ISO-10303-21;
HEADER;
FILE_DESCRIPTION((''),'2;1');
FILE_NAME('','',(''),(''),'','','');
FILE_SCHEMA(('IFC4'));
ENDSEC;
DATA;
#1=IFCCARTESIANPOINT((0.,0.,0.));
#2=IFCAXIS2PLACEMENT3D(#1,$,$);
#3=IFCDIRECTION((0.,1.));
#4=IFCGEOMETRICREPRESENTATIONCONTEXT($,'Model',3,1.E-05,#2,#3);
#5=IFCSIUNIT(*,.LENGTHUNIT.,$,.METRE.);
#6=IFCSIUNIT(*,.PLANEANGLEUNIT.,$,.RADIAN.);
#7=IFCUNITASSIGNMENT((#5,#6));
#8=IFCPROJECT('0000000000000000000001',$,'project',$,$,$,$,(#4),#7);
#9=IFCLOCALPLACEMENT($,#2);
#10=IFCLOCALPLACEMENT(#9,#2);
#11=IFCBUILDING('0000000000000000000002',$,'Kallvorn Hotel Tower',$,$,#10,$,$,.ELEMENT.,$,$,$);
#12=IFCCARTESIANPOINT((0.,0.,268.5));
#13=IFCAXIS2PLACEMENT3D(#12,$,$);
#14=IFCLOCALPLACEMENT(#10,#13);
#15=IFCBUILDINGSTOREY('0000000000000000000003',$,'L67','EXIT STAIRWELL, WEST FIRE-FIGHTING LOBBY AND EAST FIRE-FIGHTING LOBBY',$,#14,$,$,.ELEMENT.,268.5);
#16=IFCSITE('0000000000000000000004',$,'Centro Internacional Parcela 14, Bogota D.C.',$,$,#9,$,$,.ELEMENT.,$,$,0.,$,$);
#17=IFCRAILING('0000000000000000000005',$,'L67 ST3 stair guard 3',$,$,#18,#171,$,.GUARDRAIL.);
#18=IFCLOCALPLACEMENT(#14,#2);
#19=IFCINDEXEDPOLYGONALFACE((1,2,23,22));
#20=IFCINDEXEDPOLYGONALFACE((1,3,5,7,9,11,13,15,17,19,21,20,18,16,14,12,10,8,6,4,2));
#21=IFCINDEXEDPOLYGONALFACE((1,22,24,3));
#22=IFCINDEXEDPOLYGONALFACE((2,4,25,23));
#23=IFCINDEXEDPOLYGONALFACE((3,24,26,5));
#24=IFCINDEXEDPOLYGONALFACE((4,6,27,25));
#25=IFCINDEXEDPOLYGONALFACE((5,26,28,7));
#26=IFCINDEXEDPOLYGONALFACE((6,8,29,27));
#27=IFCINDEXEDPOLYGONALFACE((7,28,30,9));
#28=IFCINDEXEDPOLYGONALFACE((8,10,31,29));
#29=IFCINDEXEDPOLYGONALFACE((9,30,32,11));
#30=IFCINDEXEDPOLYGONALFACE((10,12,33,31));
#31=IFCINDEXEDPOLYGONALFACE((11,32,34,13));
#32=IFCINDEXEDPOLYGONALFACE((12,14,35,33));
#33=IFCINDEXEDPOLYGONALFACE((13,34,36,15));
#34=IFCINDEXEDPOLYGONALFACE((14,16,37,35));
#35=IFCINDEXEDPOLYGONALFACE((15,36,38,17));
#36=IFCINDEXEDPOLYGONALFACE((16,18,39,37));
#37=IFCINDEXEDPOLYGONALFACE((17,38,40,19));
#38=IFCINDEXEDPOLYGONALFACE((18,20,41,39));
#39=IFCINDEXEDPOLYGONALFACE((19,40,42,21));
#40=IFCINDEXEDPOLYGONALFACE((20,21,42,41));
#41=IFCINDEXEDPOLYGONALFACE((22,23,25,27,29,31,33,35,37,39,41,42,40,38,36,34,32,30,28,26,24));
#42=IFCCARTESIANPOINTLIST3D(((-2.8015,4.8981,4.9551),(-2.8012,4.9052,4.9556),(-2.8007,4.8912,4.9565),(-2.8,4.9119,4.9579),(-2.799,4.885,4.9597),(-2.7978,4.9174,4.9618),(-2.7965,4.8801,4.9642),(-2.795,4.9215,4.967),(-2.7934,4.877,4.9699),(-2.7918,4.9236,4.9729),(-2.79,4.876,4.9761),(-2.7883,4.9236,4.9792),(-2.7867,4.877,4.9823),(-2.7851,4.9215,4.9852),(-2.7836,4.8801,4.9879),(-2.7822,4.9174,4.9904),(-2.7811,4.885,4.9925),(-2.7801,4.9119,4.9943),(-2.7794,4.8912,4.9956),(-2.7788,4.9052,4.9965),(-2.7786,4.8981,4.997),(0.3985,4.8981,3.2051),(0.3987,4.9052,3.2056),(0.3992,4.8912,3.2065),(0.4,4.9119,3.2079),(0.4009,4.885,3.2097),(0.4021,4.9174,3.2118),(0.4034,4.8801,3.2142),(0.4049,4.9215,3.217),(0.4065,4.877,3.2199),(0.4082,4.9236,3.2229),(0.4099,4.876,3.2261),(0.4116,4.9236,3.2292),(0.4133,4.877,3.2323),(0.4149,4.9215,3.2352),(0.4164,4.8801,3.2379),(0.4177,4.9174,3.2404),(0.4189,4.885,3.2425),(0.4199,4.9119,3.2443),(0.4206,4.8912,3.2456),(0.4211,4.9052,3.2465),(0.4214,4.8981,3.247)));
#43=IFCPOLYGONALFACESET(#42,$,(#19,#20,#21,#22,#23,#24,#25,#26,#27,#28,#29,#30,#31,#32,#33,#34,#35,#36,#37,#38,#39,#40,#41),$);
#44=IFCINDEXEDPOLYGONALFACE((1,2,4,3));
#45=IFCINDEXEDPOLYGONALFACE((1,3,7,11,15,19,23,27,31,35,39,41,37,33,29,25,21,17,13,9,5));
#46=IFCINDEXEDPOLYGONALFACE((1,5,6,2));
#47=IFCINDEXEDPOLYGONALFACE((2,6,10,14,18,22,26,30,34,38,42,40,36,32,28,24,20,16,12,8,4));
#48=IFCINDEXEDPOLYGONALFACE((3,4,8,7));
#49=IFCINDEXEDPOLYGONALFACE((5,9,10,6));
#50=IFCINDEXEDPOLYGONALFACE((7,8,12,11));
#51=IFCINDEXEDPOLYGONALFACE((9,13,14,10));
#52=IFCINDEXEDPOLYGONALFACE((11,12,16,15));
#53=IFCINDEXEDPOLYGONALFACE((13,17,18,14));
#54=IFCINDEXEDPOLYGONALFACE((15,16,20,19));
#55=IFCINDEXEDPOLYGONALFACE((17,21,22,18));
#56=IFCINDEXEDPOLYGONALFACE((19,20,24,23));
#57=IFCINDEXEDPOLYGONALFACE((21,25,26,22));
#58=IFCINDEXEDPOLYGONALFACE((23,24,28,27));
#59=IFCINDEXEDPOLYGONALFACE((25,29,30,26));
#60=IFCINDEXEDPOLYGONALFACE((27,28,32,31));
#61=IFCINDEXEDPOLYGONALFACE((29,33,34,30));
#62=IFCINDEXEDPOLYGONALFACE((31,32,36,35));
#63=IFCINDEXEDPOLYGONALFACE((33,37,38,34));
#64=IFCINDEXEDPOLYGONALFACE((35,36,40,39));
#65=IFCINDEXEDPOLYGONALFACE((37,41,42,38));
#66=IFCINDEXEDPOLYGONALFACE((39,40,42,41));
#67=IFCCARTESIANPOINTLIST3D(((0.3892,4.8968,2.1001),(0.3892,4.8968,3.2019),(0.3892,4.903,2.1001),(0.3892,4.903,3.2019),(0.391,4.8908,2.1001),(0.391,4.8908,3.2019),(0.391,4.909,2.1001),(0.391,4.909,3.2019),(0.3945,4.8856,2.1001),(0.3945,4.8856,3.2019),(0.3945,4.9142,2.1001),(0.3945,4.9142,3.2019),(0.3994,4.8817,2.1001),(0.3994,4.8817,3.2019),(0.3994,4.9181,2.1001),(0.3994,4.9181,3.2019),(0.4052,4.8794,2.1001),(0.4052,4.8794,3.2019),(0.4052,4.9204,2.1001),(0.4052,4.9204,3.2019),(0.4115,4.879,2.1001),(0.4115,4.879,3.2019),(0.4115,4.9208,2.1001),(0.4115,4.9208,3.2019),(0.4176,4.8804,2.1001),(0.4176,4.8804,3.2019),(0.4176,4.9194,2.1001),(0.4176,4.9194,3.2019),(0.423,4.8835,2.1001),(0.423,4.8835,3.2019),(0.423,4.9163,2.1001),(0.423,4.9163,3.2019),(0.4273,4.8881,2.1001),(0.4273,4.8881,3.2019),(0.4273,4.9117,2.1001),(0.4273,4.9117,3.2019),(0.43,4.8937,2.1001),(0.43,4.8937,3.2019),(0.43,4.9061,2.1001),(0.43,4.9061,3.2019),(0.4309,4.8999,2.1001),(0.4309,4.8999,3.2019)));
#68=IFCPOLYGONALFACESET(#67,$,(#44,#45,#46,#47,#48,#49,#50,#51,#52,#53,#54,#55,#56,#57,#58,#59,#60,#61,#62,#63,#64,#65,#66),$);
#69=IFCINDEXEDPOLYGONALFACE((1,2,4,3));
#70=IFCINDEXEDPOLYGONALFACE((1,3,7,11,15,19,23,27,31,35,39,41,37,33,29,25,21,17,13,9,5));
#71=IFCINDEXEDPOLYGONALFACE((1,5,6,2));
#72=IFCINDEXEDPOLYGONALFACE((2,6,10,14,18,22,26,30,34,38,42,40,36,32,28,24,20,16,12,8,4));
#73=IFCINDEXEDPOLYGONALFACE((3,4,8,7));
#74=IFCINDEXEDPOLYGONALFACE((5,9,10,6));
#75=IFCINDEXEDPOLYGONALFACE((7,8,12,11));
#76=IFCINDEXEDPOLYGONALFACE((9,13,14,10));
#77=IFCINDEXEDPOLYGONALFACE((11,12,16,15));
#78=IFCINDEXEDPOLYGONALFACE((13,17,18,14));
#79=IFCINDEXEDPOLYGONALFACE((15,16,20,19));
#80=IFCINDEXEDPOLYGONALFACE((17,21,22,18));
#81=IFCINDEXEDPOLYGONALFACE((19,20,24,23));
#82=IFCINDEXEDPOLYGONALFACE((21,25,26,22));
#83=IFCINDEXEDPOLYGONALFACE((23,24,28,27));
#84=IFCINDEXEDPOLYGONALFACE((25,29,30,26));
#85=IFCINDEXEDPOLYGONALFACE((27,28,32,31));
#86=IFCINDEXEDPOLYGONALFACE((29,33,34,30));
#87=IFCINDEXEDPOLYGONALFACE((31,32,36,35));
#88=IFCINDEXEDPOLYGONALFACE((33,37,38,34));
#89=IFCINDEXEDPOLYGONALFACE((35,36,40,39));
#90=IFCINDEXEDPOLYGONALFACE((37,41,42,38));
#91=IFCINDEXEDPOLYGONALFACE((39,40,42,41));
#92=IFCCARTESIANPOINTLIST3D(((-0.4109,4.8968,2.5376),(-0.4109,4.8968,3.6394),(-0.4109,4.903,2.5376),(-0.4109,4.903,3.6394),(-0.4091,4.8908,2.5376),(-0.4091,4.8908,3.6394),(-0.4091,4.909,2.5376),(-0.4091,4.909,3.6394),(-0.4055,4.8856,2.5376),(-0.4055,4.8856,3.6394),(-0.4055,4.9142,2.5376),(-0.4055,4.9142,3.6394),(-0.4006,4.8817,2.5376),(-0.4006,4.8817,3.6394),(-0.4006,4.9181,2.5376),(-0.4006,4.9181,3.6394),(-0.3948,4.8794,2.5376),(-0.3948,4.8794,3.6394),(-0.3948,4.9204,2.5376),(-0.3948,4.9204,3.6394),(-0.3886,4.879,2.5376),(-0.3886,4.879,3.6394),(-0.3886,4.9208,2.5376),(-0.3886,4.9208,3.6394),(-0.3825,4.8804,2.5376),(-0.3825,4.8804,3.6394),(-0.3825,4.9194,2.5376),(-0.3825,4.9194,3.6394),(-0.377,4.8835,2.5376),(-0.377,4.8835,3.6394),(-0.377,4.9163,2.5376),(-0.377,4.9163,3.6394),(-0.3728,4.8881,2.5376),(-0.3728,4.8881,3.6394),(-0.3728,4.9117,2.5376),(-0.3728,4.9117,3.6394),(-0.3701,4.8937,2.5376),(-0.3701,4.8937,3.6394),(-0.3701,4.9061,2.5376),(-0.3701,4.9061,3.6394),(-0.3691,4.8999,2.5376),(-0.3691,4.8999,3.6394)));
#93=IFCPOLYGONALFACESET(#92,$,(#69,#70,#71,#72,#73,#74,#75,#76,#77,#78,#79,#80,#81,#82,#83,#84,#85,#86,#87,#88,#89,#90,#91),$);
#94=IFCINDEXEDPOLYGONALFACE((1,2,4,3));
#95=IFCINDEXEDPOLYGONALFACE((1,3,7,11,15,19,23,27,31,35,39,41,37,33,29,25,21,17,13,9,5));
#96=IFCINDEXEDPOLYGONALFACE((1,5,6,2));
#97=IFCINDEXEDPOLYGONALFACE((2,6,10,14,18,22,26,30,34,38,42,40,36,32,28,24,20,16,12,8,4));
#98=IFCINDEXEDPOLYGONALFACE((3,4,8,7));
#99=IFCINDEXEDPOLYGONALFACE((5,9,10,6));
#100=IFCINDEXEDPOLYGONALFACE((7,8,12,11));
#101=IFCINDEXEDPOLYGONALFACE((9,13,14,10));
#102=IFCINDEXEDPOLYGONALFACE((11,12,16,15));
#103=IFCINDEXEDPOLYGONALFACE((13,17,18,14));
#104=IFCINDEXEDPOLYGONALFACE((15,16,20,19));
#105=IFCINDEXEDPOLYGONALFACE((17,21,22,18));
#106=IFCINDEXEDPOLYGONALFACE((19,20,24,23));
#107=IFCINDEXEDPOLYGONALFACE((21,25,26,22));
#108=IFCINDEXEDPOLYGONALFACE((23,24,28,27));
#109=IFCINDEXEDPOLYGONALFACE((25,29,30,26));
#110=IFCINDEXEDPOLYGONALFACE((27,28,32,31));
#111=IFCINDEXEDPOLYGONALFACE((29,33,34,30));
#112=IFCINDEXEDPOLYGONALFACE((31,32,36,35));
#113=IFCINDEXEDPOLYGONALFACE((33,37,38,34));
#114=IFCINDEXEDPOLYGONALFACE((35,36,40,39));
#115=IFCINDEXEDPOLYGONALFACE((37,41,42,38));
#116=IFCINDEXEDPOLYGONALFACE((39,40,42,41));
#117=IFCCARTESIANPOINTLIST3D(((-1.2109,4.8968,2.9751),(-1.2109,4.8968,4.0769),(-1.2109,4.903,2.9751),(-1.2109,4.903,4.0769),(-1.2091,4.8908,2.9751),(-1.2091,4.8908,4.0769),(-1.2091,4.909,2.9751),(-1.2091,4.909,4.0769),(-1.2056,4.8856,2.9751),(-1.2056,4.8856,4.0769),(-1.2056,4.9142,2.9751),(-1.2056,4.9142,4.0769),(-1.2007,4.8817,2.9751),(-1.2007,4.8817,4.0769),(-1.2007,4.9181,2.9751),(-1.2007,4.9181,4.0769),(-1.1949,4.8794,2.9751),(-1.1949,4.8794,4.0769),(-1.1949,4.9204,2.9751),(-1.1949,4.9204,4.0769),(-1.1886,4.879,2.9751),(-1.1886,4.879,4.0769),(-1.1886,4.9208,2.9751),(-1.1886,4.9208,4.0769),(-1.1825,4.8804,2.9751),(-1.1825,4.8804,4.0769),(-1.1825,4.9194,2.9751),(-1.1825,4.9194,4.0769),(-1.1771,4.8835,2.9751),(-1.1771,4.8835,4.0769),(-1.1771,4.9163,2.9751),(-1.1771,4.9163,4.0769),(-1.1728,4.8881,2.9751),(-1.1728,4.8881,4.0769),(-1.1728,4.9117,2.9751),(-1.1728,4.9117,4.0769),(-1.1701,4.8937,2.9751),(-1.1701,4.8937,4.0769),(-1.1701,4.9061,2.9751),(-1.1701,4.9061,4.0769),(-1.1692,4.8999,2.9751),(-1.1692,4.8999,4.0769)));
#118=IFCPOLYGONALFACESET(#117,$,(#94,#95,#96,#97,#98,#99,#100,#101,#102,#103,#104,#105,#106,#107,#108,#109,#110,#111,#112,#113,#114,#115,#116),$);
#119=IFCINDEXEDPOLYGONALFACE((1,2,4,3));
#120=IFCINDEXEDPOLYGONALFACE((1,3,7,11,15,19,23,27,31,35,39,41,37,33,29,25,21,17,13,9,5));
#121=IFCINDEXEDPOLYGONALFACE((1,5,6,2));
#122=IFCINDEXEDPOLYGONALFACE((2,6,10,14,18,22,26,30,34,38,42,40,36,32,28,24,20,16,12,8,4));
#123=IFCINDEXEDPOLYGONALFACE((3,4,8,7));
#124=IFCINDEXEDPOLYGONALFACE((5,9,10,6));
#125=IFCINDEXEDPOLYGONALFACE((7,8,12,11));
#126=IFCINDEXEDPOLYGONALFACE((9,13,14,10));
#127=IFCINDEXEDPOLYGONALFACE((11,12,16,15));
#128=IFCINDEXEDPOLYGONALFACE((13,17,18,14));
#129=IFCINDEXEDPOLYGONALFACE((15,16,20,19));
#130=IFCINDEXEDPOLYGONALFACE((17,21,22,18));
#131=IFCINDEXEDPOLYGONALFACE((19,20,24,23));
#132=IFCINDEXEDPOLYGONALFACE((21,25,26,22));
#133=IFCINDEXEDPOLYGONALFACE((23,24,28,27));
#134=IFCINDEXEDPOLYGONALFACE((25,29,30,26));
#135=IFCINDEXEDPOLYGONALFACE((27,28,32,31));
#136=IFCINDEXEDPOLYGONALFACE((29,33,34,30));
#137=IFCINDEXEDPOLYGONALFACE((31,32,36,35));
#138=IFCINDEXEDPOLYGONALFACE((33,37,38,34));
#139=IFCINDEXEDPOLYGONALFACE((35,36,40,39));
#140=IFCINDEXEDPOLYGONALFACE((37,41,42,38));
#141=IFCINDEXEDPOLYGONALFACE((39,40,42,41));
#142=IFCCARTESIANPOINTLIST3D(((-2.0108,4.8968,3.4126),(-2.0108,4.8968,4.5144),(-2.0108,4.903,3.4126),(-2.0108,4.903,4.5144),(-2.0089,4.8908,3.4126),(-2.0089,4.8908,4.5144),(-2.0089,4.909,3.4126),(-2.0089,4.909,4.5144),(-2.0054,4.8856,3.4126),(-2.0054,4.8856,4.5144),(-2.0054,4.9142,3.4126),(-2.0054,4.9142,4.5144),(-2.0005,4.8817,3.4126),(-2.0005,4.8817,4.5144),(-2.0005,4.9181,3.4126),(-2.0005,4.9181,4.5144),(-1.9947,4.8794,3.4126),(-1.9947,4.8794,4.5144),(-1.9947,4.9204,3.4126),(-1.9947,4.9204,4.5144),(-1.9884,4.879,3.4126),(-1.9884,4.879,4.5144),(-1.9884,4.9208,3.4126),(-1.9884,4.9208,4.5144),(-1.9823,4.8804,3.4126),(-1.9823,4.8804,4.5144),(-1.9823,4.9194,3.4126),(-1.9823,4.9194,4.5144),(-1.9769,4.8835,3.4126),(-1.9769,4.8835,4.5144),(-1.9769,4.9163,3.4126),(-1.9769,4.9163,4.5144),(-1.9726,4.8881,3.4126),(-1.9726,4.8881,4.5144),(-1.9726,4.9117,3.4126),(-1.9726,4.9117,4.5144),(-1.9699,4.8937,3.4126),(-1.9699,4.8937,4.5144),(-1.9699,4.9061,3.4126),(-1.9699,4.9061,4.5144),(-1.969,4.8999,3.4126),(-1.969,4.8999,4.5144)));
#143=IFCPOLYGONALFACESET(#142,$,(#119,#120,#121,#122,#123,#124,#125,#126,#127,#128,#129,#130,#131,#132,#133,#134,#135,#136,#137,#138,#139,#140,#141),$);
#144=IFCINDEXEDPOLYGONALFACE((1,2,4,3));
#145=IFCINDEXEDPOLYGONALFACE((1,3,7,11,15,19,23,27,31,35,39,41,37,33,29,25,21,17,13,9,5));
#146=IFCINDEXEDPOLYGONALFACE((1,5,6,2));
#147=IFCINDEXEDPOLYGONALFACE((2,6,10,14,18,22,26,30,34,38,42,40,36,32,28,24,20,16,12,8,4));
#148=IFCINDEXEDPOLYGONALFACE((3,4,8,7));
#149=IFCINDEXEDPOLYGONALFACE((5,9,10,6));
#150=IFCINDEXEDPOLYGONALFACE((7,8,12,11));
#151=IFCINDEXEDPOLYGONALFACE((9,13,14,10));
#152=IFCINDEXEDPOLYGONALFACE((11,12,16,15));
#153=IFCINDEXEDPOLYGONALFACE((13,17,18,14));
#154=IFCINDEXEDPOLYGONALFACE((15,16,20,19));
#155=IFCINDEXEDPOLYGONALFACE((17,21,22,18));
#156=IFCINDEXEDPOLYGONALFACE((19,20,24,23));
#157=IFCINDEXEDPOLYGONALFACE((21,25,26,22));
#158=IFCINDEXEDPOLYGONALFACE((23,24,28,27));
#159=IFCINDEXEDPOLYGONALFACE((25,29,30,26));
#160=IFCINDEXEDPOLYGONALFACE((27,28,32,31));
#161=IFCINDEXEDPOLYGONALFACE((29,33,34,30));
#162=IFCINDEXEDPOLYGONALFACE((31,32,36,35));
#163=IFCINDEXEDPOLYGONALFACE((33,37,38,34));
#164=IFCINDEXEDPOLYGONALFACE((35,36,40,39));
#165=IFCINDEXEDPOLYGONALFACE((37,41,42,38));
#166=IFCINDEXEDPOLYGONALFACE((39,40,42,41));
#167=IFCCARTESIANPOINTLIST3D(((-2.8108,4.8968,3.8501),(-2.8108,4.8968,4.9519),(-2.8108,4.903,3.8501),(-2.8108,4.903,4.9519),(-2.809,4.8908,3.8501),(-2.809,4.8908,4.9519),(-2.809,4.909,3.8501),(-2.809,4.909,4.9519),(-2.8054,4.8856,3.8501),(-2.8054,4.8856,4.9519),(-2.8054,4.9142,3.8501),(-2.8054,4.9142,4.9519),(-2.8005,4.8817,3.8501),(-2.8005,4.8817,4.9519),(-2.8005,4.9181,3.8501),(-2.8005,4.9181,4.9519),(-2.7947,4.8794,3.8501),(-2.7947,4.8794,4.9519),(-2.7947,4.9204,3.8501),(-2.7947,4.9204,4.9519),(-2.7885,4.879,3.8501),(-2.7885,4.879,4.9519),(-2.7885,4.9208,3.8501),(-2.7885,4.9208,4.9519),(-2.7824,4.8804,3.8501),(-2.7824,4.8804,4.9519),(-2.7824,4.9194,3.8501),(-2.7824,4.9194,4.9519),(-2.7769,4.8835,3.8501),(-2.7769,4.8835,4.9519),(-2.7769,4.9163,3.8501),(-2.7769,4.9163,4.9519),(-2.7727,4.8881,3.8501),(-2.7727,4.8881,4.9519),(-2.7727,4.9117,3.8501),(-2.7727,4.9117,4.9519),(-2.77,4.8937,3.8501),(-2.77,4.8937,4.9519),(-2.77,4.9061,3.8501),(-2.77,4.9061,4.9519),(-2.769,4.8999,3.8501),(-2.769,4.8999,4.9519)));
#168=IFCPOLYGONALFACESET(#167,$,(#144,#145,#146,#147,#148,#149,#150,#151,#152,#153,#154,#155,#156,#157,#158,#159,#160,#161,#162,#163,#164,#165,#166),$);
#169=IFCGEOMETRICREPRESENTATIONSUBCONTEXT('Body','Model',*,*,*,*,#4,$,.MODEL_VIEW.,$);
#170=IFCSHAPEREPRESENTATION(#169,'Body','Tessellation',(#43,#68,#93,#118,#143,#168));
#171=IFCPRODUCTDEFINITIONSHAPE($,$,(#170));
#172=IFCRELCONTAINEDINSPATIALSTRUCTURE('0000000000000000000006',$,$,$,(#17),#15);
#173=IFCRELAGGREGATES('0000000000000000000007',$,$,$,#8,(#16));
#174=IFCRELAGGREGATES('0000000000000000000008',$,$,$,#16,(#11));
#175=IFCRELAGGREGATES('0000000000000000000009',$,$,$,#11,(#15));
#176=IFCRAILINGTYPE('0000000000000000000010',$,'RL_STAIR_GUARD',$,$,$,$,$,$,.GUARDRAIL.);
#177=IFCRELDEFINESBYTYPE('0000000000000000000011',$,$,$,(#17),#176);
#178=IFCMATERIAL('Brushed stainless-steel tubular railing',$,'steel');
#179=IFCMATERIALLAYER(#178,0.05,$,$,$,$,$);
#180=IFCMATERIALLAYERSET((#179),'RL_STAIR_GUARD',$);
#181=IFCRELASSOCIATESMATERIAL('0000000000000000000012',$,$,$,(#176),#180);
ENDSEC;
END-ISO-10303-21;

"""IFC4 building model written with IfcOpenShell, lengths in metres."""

from ifc_helpers import new_model, si_unit, direction, frame, origin, origin_2d, place, context, subcontext, project, spatial, circle, extrude, material, layer, layer_set, type_object, element, save


model = new_model("IFC4")

# Units and contexts
model_context = context("Model", 3, precision=1e-05, world=origin(), true_north=direction((0.0, 1.0)))
body_context = subcontext(model_context, "Body", "Model", "MODEL_VIEW")
ifc_project = project(units=[si_unit("LENGTHUNIT", "METRE"), si_unit("PLANEANGLEUNIT", "RADIAN")], contexts=[model_context])

# Site, building, storey
site_placement = place(None, origin())
site = spatial("IfcSite", under=ifc_project, at=site_placement, Name="Centro Internacional Parcela 14, Bogota D.C.", CompositionType="ELEMENT", RefElevation=0.0)
building_placement = place(site_placement, origin())
building = spatial("IfcBuilding", under=site, at=building_placement, Name="Kallvorn Hotel Tower", CompositionType="ELEMENT")
storey_placement = place(building_placement, frame((0.0, 0.0, 268.5)))
storey = spatial("IfcBuildingStorey", under=building, at=storey_placement, Name="L67", Description="EXIT STAIRWELL, WEST FIRE-FIGHTING LOBBY AND EAST FIRE-FIGHTING LOBBY", CompositionType="ELEMENT", Elevation=268.5)

# Railing
ifc_material_1 = material(Name="Brushed stainless-steel tubular railing", Category="steel")
ifc_layer_1 = layer(ifc_material_1, 0.05)
ifc_layer_set_1 = layer_set([ifc_layer_1], Name="RL_STAIR_GUARD")
railing_type_1 = type_object("IfcRailingType", Name="RL_STAIR_GUARD", PredefinedType="GUARDRAIL", material=ifc_layer_set_1)
railing_1_placement = place(storey_placement, frame((0.4099, 4.8999, 2.1001)))
element("IfcRailing", 1, at=railing_1_placement, inside=storey, type_object=railing_type_1, Name="L67 ST3 stair guard 3", PredefinedType="GUARDRAIL", context=body_context, shape_type="SweptSolid", body=[
    extrude(circle(Radius=0.0239, at=origin_2d()), frame((0.0, 0.0, 1.126), z_axis=(-0.877368, 0.0, 0.479818), x_axis=(0.0, -1.0, 0.0)), (0.0, 0.0, 1.0), 3.6472),
    extrude(circle(Radius=0.021, at=origin_2d()), origin(), (0.0, 0.0, 1.0), 1.1018),
    extrude(circle(Radius=0.021, at=origin_2d()), frame((-0.8, 0.0, 0.4375)), (0.0, 0.0, 1.0), 1.1018),
    extrude(circle(Radius=0.021, at=origin_2d()), frame((-1.6001, 0.0, 0.875)), (0.0, 0.0, 1.0), 1.1018),
    extrude(circle(Radius=0.021, at=origin_2d()), frame((-2.3999, 0.0, 1.3125)), (0.0, 0.0, 1.0), 1.1018),
    extrude(circle(Radius=0.021, at=origin_2d()), frame((-3.2, 0.0, 1.75)), (0.0, 0.0, 1.0), 1.1018),
])

save(model, "model.ifc")
